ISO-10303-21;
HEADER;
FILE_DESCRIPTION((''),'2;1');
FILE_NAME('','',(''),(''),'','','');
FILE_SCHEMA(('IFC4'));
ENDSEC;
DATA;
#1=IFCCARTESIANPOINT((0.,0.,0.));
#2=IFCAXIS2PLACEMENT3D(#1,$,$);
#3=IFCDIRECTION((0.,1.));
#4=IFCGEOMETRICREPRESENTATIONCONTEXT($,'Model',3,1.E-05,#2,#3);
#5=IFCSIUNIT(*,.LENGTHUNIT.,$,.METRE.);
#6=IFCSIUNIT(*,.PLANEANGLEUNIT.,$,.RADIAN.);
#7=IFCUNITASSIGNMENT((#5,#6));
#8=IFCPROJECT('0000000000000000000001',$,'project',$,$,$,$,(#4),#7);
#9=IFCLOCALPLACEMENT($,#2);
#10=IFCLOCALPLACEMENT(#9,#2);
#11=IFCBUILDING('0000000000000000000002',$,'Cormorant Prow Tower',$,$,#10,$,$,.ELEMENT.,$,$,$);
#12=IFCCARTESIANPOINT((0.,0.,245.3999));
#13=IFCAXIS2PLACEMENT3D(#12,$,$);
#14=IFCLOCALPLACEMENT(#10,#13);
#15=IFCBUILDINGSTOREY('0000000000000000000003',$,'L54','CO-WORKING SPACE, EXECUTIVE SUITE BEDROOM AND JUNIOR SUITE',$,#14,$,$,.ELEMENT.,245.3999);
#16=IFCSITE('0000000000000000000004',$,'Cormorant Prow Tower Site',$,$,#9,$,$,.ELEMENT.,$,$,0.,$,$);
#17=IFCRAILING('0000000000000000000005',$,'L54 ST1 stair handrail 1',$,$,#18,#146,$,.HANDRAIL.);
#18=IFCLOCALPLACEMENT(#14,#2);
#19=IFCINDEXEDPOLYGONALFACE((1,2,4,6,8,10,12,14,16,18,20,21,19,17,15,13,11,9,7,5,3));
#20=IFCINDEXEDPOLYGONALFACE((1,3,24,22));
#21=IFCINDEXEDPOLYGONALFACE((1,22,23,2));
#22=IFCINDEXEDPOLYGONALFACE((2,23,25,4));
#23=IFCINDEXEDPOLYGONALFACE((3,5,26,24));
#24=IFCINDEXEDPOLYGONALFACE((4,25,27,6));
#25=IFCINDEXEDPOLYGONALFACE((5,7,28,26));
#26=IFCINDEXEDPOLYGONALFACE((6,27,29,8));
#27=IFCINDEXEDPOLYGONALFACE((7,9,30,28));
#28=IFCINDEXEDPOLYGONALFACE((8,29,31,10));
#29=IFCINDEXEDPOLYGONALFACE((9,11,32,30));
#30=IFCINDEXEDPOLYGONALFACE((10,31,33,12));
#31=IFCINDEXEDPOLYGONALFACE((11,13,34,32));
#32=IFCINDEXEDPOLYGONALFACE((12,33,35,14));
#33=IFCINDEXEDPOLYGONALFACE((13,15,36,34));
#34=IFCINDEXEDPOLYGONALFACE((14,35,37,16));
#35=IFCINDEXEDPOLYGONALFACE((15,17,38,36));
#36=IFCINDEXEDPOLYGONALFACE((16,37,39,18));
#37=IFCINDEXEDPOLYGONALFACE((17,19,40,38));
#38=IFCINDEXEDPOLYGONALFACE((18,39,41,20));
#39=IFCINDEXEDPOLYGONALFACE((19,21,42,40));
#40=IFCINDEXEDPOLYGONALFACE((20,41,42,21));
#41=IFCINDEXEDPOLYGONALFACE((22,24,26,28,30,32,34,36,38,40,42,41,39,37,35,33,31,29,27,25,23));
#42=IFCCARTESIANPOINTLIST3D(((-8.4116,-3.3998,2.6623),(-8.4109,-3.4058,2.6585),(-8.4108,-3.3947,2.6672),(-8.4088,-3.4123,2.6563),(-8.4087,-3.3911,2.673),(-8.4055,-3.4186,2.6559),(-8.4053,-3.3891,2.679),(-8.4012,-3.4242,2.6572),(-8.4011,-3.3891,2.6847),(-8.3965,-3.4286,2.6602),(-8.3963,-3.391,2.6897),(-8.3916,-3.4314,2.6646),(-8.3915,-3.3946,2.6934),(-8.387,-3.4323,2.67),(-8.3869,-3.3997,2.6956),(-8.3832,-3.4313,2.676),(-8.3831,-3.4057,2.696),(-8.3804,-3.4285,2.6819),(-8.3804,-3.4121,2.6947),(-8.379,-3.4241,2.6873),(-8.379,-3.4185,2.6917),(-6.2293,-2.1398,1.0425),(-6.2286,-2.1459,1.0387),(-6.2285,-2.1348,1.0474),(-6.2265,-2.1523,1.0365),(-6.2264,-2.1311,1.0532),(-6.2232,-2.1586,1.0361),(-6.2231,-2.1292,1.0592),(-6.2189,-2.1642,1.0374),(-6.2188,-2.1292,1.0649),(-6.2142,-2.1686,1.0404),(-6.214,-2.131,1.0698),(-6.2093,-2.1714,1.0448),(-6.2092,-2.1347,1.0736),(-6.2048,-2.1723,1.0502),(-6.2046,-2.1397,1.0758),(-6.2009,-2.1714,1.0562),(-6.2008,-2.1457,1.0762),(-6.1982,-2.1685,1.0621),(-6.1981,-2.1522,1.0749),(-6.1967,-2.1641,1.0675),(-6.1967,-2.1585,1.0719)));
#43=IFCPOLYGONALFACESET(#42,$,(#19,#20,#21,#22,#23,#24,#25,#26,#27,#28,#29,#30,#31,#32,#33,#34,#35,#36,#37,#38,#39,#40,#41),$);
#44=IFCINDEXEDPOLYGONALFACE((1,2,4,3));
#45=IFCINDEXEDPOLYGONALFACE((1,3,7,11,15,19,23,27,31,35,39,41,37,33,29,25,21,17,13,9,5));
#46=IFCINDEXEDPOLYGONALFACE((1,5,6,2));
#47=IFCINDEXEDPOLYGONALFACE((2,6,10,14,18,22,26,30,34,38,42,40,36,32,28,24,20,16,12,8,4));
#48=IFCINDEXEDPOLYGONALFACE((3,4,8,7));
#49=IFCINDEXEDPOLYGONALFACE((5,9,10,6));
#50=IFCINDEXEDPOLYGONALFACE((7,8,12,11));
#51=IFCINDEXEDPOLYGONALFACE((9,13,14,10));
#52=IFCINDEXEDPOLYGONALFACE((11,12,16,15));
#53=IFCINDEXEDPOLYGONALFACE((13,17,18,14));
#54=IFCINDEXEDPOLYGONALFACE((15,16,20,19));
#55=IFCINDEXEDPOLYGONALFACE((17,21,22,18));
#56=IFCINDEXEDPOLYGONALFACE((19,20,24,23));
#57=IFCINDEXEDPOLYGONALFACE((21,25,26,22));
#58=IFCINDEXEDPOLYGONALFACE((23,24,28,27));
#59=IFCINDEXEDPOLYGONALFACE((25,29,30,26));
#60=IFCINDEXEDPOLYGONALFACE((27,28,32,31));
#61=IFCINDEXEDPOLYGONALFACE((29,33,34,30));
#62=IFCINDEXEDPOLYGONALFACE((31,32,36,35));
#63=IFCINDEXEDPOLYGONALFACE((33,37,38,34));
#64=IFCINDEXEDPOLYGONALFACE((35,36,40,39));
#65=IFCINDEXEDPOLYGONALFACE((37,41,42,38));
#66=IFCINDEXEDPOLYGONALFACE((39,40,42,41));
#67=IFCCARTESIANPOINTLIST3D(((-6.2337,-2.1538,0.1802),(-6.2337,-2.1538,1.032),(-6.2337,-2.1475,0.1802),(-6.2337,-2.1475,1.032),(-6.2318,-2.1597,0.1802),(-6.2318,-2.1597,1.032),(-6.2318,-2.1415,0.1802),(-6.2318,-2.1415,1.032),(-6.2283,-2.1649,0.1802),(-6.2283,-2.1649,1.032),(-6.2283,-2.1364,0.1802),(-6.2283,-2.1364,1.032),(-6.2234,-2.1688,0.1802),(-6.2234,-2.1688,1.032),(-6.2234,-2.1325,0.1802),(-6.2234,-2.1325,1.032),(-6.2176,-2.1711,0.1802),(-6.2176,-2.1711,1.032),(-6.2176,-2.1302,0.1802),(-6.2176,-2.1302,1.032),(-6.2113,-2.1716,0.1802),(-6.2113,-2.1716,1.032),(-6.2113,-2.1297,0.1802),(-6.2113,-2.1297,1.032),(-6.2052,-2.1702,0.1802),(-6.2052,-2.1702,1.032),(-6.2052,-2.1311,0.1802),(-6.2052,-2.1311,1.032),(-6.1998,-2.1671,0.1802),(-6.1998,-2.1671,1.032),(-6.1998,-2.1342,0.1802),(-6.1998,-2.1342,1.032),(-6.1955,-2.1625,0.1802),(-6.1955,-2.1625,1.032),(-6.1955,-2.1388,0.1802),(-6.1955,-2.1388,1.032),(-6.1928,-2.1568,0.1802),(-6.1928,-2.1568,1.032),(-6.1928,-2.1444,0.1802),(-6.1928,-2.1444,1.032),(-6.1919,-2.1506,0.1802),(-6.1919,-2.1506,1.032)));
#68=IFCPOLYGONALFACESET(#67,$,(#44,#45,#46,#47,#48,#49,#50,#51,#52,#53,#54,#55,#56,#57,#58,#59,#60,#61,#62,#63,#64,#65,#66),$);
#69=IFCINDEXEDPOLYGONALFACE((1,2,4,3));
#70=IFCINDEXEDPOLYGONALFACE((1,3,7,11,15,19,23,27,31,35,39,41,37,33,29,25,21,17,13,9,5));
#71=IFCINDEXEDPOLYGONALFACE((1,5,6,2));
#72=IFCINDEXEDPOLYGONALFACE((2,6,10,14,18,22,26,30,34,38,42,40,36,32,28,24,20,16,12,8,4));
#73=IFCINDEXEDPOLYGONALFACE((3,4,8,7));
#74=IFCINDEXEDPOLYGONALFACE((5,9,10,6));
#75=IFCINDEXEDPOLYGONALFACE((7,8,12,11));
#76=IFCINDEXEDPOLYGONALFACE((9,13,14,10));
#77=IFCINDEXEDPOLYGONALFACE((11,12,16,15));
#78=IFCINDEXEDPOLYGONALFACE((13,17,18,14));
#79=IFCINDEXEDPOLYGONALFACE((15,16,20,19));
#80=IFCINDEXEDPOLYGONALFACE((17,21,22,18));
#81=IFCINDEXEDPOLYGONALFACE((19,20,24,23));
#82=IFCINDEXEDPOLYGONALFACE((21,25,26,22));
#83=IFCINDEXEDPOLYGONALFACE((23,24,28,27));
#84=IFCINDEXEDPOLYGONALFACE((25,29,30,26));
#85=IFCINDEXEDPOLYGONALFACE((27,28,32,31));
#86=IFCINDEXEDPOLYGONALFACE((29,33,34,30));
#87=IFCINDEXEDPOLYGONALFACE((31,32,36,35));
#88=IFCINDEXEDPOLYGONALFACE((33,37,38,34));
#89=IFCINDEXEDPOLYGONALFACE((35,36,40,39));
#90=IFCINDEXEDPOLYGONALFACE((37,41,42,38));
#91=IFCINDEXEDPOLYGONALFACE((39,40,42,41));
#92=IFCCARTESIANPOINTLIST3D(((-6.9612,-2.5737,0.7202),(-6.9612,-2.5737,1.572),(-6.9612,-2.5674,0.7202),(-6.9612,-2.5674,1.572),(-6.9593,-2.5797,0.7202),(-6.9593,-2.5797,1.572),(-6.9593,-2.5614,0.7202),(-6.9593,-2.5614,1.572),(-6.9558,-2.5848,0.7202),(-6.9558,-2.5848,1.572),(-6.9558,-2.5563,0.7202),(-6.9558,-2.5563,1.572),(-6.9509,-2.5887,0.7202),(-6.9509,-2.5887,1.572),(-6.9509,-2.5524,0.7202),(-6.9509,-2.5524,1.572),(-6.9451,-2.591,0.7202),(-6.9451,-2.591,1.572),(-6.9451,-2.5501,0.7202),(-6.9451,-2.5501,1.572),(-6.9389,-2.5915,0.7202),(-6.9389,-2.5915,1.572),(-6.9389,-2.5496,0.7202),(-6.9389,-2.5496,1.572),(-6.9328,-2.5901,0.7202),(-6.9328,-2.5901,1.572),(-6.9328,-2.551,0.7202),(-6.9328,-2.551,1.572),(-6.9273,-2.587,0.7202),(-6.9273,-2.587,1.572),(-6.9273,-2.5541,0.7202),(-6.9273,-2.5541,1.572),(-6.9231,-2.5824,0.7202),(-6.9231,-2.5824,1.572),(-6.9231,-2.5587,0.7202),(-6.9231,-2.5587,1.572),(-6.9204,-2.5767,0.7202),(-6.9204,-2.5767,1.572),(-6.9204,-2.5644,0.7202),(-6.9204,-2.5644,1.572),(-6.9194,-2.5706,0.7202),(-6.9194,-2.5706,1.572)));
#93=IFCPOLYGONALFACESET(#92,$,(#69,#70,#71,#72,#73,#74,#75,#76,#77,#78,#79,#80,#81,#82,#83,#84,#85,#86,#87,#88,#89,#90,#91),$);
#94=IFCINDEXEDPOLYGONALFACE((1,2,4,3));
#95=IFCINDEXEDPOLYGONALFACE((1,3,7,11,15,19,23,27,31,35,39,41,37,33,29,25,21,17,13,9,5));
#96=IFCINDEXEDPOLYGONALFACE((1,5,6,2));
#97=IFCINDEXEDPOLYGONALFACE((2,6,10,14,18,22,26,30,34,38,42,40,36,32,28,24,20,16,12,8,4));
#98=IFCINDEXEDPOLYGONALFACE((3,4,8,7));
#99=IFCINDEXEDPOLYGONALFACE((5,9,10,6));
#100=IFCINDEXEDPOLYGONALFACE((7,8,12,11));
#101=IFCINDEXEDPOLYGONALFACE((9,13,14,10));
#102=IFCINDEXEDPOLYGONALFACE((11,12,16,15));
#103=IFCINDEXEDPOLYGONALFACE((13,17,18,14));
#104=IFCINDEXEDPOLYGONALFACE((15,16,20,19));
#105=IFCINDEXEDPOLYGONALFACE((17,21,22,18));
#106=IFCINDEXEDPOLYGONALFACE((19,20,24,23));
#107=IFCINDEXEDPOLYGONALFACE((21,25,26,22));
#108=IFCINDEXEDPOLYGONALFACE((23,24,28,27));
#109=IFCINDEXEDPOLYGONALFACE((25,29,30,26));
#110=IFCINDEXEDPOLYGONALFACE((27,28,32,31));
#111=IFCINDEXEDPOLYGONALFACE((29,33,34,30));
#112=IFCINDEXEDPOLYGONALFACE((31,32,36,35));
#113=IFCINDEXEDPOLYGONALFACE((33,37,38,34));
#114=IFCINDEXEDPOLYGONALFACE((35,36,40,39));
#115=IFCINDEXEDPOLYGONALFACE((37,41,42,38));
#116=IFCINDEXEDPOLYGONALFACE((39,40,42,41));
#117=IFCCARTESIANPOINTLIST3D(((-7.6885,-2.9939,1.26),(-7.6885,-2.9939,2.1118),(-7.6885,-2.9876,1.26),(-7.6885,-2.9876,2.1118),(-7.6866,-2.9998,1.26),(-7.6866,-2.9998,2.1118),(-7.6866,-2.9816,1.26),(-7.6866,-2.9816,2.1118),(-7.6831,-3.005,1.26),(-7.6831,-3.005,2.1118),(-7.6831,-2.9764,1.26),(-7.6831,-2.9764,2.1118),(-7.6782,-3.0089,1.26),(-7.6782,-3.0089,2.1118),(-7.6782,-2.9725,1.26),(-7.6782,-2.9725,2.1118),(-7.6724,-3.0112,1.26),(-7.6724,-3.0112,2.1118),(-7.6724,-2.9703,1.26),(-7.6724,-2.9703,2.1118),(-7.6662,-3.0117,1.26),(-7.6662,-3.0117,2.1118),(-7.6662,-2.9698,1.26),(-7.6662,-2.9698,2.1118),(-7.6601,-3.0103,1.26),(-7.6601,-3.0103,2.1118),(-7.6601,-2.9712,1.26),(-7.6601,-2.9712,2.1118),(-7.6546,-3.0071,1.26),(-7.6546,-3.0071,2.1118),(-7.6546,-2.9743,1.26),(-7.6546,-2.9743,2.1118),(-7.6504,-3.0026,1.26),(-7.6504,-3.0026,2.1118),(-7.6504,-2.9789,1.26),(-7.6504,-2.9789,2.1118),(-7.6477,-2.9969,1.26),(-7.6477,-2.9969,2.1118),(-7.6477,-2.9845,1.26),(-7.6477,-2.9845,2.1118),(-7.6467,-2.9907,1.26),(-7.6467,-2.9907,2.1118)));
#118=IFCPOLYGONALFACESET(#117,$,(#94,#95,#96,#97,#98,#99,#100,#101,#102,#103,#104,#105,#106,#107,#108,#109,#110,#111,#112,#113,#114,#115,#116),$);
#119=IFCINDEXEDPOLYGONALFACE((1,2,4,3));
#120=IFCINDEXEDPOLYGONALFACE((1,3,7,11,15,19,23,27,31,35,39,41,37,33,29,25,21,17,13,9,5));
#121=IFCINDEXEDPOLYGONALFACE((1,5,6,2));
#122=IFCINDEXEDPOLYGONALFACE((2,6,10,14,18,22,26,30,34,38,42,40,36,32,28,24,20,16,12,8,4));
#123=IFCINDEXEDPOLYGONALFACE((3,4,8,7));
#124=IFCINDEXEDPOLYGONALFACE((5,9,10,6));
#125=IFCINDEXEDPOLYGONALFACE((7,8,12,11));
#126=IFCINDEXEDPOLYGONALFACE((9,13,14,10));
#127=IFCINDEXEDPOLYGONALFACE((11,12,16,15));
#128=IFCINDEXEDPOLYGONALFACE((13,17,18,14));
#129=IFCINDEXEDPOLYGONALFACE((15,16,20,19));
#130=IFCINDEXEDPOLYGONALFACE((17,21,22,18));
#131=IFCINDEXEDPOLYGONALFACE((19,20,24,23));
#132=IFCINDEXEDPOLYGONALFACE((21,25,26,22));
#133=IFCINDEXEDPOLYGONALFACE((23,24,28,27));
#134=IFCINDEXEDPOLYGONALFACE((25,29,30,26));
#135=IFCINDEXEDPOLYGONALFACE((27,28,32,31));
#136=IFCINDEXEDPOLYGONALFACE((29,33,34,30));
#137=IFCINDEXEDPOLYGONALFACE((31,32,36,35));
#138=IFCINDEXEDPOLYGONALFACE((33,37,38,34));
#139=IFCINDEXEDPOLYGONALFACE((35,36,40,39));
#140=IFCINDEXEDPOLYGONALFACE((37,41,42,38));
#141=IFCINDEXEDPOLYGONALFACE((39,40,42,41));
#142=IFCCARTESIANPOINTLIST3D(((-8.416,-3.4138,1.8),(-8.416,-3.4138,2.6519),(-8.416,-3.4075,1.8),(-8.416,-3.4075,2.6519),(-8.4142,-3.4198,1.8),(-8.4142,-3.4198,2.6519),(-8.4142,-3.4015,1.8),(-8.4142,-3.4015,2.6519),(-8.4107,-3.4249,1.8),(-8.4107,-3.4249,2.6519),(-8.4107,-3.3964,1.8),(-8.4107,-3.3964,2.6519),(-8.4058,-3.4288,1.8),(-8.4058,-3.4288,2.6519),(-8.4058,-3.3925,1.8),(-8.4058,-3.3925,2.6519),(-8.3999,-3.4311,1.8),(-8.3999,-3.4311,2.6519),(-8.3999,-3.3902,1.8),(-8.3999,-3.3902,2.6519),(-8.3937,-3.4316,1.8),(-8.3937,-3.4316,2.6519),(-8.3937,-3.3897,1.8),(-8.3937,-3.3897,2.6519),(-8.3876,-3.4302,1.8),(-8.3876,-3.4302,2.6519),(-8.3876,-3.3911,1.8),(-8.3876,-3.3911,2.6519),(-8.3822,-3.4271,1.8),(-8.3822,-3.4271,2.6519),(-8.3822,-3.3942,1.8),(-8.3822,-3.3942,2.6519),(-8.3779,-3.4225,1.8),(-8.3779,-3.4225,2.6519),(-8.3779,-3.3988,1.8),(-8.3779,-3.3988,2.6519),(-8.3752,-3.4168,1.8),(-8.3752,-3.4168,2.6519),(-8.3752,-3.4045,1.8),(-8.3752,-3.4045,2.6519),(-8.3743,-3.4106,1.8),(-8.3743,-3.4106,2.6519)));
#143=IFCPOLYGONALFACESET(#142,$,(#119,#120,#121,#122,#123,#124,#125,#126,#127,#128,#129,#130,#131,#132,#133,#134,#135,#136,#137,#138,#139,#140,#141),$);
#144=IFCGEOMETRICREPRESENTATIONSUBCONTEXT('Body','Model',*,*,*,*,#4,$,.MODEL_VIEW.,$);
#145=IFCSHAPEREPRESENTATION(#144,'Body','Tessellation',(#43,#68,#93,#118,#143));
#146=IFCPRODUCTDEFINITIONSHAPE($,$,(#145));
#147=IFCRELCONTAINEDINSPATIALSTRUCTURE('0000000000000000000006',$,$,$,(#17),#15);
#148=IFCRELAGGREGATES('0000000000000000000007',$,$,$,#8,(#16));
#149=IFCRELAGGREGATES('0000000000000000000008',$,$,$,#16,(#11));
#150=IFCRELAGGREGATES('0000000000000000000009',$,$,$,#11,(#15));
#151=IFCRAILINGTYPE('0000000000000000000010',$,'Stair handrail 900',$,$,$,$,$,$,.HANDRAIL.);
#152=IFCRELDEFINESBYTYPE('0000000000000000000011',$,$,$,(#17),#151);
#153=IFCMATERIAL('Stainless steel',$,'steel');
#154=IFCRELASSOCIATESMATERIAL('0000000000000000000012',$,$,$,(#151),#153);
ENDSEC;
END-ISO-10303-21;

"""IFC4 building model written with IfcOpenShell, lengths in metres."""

from ifc_helpers import new_model, si_unit, direction, frame, origin, origin_2d, place, context, subcontext, project, spatial, circle, extrude, material, type_object, element, save


model = new_model("IFC4")

# Units and contexts
model_context = context("Model", 3, precision=1e-05, world=origin(), true_north=direction((0.0, 1.0)))
body_context = subcontext(model_context, "Body", "Model", "MODEL_VIEW")
ifc_project = project(units=[si_unit("LENGTHUNIT", "METRE"), si_unit("PLANEANGLEUNIT", "RADIAN")], contexts=[model_context])

# Site, building, storey
site_placement = place(None, origin())
site = spatial("IfcSite", under=ifc_project, at=site_placement, Name="Cormorant Prow Tower Site", CompositionType="ELEMENT", RefElevation=0.0)
building_placement = place(site_placement, origin())
building = spatial("IfcBuilding", under=site, at=building_placement, Name="Cormorant Prow Tower", CompositionType="ELEMENT")
storey_placement = place(building_placement, frame((0.0, 0.0, 245.3999)))
storey = spatial("IfcBuildingStorey", under=building, at=storey_placement, Name="L54", Description="CO-WORKING SPACE, EXECUTIVE SUITE BEDROOM AND JUNIOR SUITE", CompositionType="ELEMENT", Elevation=245.3999)

# Railing
ifc_material_1 = material(Name="Stainless steel", Category="steel")
railing_type = type_object("IfcRailingType", Name="Stair handrail 900", PredefinedType="HANDRAIL", material=ifc_material_1)
railing_placement = place(storey_placement, frame((-6.2129, -2.1506, 0.1802)))
element("IfcRailing", 1, at=railing_placement, inside=storey, type_object=railing_type, Name="L54 ST1 stair handrail 1", PredefinedType="HANDRAIL", context=body_context, shape_type="SweptSolid", body=[
    extrude(circle(Radius=0.0239, at=origin_2d()), frame((0.0, 0.0, 0.876), z_axis=(-0.728496, -0.420603, 0.540728), x_axis=(0.500005, -0.866023, 0.0)), (0.0, 0.0, 1.0), 2.9956),
    extrude(circle(Radius=0.021, at=origin_2d()), origin(), (0.0, 0.0, 1.0), 0.8518),
    extrude(circle(Radius=0.021, at=origin_2d()), frame((-0.7275, -0.4199, 0.54)), (0.0, 0.0, 1.0), 0.8518),
    extrude(circle(Radius=0.021, at=origin_2d()), frame((-1.4548, -0.8401, 1.0798)), (0.0, 0.0, 1.0), 0.8518),
    extrude(circle(Radius=0.021, at=origin_2d()), frame((-2.1824, -1.26, 1.6199)), (0.0, 0.0, 1.0), 0.8518),
])

save(model, "model.ifc")
